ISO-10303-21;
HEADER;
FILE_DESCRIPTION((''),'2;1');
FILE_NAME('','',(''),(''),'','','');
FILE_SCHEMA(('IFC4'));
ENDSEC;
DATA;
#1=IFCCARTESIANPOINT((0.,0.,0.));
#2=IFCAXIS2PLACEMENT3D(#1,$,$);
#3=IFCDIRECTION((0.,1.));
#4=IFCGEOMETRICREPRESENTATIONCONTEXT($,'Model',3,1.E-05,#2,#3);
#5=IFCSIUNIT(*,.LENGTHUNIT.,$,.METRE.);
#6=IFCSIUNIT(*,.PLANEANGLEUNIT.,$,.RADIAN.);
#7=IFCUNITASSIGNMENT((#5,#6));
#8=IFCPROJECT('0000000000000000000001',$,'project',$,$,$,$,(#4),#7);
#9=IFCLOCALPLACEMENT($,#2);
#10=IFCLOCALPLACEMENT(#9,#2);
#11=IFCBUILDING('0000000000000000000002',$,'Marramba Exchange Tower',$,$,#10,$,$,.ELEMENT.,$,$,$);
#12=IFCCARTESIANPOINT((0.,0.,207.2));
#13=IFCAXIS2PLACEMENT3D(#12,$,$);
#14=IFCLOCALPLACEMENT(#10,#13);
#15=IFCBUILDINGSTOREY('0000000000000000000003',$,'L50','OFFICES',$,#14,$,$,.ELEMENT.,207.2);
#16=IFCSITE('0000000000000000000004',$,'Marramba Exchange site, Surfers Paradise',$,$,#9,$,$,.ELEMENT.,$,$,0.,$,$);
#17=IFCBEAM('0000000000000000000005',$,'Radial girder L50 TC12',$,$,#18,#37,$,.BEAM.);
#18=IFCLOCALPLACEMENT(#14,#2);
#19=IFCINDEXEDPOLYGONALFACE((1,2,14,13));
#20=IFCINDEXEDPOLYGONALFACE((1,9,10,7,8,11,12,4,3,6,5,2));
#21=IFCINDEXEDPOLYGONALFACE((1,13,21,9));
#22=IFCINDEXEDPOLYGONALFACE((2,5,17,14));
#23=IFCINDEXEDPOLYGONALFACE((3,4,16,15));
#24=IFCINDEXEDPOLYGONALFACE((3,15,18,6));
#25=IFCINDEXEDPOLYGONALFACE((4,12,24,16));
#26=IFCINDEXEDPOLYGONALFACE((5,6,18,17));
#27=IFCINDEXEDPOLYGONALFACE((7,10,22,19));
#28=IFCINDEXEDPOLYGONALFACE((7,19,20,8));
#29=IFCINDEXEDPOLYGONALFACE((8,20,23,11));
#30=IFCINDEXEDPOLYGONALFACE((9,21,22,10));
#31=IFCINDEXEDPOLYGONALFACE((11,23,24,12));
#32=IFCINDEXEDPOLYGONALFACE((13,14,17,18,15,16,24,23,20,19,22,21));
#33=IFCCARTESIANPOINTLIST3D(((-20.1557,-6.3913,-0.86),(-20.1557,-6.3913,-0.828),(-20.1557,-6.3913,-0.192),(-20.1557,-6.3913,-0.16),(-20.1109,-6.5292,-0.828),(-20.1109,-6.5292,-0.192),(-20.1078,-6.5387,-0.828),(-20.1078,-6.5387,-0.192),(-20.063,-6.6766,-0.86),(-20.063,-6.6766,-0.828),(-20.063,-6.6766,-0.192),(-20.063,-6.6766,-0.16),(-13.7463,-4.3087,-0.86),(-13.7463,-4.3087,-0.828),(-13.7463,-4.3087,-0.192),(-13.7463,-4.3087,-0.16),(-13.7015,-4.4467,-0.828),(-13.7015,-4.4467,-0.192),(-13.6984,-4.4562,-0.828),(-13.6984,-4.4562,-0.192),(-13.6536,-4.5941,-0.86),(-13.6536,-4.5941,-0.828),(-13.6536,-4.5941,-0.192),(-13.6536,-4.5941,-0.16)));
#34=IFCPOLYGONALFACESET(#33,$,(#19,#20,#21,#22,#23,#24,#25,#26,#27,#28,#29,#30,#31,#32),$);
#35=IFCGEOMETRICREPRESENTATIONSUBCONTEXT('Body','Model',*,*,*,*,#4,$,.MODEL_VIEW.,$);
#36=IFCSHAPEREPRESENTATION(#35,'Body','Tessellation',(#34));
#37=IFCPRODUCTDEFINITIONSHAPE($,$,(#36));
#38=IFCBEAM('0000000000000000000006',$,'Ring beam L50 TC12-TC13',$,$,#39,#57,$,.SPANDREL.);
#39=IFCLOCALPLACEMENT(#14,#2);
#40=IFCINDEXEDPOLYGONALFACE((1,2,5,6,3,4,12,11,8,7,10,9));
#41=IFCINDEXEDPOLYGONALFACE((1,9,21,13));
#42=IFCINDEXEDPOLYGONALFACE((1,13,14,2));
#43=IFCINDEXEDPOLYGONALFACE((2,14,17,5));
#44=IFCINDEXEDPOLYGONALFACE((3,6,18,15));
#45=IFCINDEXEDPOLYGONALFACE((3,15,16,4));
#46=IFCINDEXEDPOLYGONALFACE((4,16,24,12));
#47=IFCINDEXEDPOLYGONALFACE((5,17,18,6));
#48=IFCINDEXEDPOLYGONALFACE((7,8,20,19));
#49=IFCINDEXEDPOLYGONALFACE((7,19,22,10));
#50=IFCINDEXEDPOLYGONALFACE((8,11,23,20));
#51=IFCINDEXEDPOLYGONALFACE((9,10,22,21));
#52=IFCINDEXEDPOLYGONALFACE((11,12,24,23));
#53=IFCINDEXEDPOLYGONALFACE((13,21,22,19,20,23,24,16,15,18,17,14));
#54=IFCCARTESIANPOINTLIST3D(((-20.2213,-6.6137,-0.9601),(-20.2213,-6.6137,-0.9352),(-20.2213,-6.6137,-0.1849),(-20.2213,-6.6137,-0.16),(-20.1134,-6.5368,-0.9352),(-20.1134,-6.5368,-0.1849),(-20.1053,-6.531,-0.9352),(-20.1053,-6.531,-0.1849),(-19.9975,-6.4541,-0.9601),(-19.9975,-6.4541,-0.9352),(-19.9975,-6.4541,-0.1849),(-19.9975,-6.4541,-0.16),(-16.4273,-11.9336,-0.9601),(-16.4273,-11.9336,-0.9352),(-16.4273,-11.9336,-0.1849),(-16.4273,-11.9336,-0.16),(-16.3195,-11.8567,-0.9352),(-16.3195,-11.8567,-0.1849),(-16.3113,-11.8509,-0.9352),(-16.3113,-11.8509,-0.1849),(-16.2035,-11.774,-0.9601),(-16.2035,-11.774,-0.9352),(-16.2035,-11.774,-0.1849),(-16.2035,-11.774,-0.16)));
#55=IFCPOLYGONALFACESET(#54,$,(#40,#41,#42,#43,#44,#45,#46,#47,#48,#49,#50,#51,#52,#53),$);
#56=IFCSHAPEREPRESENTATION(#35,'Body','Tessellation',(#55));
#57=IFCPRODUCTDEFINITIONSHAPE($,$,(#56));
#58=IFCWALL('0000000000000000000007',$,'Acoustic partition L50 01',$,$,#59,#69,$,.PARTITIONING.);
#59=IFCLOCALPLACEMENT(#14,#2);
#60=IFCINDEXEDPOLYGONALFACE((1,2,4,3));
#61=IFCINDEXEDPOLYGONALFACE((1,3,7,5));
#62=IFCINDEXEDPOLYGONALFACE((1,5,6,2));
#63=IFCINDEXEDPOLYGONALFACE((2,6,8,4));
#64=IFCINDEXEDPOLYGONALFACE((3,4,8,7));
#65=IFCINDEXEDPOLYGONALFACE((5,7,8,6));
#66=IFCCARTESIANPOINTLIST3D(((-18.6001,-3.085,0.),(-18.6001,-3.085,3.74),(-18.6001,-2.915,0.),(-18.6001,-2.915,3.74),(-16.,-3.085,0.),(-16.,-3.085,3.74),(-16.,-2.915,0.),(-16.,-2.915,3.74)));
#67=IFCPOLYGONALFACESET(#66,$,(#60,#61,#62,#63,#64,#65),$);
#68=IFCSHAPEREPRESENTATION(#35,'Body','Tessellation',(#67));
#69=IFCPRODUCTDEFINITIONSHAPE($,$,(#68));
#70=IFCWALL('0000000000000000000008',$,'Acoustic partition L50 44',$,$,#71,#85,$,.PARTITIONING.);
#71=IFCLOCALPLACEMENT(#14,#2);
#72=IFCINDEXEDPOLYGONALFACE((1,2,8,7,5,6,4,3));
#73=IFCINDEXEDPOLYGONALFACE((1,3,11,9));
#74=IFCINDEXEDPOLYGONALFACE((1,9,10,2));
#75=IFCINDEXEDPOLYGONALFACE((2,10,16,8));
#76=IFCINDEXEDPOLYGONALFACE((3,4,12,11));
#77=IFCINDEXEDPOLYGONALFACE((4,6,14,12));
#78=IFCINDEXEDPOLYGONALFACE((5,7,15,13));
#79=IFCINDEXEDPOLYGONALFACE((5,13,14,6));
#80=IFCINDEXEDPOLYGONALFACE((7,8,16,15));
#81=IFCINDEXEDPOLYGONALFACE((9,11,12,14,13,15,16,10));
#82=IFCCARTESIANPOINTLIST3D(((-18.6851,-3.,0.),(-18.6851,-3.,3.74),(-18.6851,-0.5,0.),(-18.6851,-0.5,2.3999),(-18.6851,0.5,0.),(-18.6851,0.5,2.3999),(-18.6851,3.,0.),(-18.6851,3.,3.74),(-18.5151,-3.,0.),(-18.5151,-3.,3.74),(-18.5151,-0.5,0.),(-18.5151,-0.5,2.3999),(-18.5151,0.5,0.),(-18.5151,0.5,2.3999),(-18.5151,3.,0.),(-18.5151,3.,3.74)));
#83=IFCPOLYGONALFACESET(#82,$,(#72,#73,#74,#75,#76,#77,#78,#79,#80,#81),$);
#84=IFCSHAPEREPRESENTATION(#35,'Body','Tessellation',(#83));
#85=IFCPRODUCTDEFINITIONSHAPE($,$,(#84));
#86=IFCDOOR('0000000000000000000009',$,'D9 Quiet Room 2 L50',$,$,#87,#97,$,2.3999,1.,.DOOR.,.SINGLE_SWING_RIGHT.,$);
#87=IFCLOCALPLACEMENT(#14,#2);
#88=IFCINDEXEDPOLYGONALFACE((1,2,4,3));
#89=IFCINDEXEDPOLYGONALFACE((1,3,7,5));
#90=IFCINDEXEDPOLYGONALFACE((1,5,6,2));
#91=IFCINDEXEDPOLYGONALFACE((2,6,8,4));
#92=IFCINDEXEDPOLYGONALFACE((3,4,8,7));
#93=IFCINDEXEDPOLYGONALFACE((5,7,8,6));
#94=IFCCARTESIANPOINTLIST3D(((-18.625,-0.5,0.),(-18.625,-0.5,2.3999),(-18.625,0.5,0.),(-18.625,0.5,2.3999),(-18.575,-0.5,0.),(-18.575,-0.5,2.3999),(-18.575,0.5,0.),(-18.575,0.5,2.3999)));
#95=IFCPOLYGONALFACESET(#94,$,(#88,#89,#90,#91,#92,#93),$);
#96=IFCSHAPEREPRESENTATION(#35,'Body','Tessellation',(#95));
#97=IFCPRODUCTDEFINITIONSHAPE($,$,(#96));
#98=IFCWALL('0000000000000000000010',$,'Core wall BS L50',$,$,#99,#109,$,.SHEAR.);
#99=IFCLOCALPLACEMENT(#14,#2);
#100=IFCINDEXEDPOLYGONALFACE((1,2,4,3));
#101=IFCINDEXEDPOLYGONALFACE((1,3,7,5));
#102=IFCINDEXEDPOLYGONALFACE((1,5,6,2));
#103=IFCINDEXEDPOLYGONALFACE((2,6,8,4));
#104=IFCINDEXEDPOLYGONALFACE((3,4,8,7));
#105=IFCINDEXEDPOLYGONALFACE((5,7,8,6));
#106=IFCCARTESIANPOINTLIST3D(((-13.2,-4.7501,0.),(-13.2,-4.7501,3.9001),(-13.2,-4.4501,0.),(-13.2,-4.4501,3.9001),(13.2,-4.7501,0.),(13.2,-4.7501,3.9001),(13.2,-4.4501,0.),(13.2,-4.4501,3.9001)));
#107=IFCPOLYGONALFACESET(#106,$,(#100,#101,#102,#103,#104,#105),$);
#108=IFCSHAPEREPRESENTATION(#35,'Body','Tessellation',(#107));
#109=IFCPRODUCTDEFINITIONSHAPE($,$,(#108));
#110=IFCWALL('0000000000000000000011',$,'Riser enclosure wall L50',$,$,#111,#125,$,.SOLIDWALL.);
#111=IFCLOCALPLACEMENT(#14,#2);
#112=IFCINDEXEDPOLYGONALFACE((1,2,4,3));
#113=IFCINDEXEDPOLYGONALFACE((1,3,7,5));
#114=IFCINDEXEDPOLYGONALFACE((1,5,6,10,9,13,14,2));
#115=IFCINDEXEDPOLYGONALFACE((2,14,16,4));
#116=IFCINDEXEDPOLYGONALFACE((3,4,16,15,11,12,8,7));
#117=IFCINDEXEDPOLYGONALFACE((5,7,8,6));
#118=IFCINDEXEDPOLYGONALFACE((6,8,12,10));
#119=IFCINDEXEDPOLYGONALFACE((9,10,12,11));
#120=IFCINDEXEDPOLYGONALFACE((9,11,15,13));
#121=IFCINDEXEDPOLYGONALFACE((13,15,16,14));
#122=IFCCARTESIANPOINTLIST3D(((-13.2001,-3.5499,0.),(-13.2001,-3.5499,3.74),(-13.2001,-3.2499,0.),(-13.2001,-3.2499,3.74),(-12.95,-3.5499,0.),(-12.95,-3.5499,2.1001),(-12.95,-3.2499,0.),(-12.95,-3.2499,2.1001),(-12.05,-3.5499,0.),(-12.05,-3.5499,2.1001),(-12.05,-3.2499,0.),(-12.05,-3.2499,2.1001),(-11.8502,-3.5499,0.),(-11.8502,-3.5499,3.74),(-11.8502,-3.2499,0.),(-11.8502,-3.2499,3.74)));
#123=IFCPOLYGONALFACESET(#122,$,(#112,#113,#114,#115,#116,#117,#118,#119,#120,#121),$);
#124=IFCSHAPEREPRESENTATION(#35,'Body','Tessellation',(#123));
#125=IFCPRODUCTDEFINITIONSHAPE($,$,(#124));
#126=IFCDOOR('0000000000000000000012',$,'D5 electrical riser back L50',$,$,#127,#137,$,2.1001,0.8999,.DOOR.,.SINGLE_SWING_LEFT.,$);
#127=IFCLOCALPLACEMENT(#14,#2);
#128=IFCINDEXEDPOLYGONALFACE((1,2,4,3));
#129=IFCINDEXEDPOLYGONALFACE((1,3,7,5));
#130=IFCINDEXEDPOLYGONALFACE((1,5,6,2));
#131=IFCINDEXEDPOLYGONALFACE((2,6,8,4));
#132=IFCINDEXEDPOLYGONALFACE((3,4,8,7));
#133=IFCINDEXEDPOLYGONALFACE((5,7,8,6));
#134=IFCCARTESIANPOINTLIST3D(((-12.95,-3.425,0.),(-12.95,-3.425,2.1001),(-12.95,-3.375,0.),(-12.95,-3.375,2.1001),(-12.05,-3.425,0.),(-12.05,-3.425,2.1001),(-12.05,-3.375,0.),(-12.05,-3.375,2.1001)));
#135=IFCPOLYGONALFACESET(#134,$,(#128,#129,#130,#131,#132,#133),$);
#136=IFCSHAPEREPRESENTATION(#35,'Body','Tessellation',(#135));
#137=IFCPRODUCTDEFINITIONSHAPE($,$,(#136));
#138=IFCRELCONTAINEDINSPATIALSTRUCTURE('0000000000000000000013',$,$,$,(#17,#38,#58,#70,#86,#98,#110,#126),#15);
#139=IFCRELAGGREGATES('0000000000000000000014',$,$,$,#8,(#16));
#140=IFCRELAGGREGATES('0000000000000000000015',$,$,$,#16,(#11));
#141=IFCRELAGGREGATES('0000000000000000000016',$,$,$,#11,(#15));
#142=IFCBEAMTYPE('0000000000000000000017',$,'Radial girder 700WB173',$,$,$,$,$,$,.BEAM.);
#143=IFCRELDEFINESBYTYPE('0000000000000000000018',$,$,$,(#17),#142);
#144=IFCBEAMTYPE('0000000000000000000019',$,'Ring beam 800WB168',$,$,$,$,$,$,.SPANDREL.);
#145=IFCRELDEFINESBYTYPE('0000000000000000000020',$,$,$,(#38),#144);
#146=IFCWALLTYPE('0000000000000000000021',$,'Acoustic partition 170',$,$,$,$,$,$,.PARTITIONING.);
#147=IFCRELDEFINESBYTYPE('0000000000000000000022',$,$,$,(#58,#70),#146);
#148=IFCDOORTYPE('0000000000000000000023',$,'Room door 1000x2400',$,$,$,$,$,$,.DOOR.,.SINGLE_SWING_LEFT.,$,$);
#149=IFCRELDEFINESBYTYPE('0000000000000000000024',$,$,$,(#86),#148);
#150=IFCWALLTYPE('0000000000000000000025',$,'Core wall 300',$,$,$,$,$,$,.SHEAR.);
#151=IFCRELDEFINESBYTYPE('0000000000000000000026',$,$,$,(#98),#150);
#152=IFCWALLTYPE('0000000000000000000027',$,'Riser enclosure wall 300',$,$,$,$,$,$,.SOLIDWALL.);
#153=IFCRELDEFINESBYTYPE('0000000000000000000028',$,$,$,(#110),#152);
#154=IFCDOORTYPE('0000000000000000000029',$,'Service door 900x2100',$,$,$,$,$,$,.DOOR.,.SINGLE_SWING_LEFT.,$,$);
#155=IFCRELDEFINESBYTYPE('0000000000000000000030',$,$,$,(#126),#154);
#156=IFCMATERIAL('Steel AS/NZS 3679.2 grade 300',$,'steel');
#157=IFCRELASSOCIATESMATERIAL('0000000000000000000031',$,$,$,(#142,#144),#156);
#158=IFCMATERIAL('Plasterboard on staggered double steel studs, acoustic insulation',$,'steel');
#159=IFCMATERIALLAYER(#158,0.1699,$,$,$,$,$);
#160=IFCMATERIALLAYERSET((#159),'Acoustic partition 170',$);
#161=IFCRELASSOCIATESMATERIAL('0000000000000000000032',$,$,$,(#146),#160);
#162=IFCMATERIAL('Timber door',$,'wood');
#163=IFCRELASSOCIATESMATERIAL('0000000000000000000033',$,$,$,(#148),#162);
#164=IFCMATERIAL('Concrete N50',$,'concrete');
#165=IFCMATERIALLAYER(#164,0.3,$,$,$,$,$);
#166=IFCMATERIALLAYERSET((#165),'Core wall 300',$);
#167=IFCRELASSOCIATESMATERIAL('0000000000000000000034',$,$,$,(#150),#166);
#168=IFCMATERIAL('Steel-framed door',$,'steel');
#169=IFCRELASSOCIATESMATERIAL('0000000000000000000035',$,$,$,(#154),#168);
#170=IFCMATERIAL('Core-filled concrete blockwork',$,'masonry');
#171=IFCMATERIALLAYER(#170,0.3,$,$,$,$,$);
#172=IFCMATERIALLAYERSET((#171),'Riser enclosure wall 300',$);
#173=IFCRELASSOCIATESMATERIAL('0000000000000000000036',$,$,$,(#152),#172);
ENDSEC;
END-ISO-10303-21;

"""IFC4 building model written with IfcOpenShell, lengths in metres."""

from ifc_helpers import new_model, si_unit, direction, frame, frame_2d, origin, origin_2d, place, context, subcontext, project, spatial, rectangle, i_section, extrude, material, layer, layer_set, material_profile, profile_set, type_object, element, fill, save


model = new_model("IFC4")

# Units and contexts
model_context = context("Model", 3, precision=1e-05, world=origin(), true_north=direction((0.0, 1.0)))
body_context = subcontext(model_context, "Body", "Model", "MODEL_VIEW")
ifc_project = project(units=[si_unit("LENGTHUNIT", "METRE"), si_unit("PLANEANGLEUNIT", "RADIAN")], contexts=[model_context])

# Site, building, storey
site_placement = place(None, origin())
site = spatial("IfcSite", under=ifc_project, at=site_placement, Name="Marramba Exchange site, Surfers Paradise", CompositionType="ELEMENT", RefElevation=0.0)
building_placement = place(site_placement, origin())
building = spatial("IfcBuilding", under=site, at=building_placement, Name="Marramba Exchange Tower", CompositionType="ELEMENT")
storey_placement = place(building_placement, frame((0.0, 0.0, 207.2)))
storey = spatial("IfcBuildingStorey", under=building, at=storey_placement, Name="L50", Description="OFFICES", CompositionType="ELEMENT", Elevation=207.2)

# Shared definitions
ifc_material_1 = material(Name="Concrete N50", Category="concrete")

# Beams
ifc_material_2 = material(Name="Steel AS/NZS 3679.2 grade 300", Category="steel")
ifc_material_profile_1 = material_profile(ifc_material_2, i_section(OverallWidth=0.3, OverallDepth=0.7, WebThickness=0.01, FlangeThickness=0.032, at=origin_2d()), Name="700WB173")
ifc_profile_set_1 = profile_set([ifc_material_profile_1], Name="Steel AS/NZS 3679.2 grade 300")
beam_type_1 = type_object("IfcBeamType", Name="Radial girder 700WB173", PredefinedType="BEAM", material=ifc_profile_set_1)
beam_1_placement = place(storey_placement, frame((-13.7, -4.4514, -0.51), z_axis=(-0.951058, -0.309013, 0.0), x_axis=(0.309013, -0.951058, 0.0)))
element("IfcBeam", 1, at=beam_1_placement, inside=storey, type_object=beam_type_1, Name="Radial girder L50 TC12", PredefinedType="BEAM", context=body_context, shape_type="SweptSolid", body=[
    extrude(i_section(OverallWidth=0.3, OverallDepth=0.7, WebThickness=0.01, FlangeThickness=0.032, at=origin_2d()), origin(), (0.0, 0.0, 1.0), 6.7393),
])
ifc_material_profile_2 = material_profile(ifc_material_2, i_section(OverallWidth=0.2749, OverallDepth=0.8, WebThickness=0.01, FlangeThickness=0.0249, at=origin_2d()), Name="800WB168")
ifc_profile_set_2 = profile_set([ifc_material_profile_2], Name="Steel AS/NZS 3679.2 grade 300")
beam_type_2 = type_object("IfcBeamType", Name="Ring beam 800WB168", PredefinedType="SPANDREL", material=ifc_profile_set_2)
beam_2_placement = place(storey_placement, frame((-20.1094, -6.5339, -0.5601), z_axis=(0.580637, -0.814162, 0.0), x_axis=(0.814162, 0.580637, 0.0)))
element("IfcBeam", 2, at=beam_2_placement, inside=storey, type_object=beam_type_2, Name="Ring beam L50 TC12-TC13", PredefinedType="SPANDREL", context=body_context, shape_type="SweptSolid", body=[
    extrude(i_section(OverallWidth=0.2749, OverallDepth=0.8, WebThickness=0.01, FlangeThickness=0.0249, at=origin_2d()), origin(), (0.0, 0.0, 1.0), 6.5342),
])

# Wall
ifc_material_3 = material(Name="Plasterboard on staggered double steel studs, acoustic insulation", Category="steel")
ifc_layer_1 = layer(ifc_material_3, 0.1699)
ifc_layer_set_1 = layer_set([ifc_layer_1], Name="Acoustic partition 170")
wall_type_1 = type_object("IfcWallType", Name="Acoustic partition 170", PredefinedType="PARTITIONING", material=ifc_layer_set_1)
wall_1_placement = place(storey_placement, frame((-16.0, -3.0, 0.0), z_axis=(0.0, 0.0, 1.0), x_axis=(-1.0, 0.0, 0.0)))
element("IfcWall", 3, at=wall_1_placement, inside=storey, type_object=wall_type_1, Name="Acoustic partition L50 01", PredefinedType="PARTITIONING", context=body_context, shape_type="SweptSolid", body=[
    extrude(rectangle(XDim=2.6001, YDim=0.1699, at=frame_2d((1.3, 0.0))), origin(), (0.0, 0.0, 1.0), 3.74),
])

# Wall, opening, door
wall_2_placement = place(storey_placement, frame((-18.6001, -3.0, 0.0), z_axis=(0.0, 0.0, 1.0), x_axis=(0.0, 1.0, 0.0)))
wall_2 = element("IfcWall", 4, at=wall_2_placement, inside=storey, type_object=wall_type_1, Name="Acoustic partition L50 44", PredefinedType="PARTITIONING", context=body_context, shape_type="SweptSolid", body=[
    extrude(rectangle(XDim=6.0, YDim=0.1699, at=frame_2d((3.0, 0.0))), origin(), (0.0, 0.0, 1.0), 3.74),
])
opening_1_placement = place(wall_2_placement, frame((2.5, 0.0, 0.0)))
opening_1 = element("IfcOpeningElement", 5, at=opening_1_placement, cuts=wall_2, PredefinedType="OPENING", context=body_context, shape_type="SweptSolid", body=[
    extrude(rectangle(XDim=1.0, YDim=2.3999, at=frame_2d((0.5, 1.2))), frame((0.0, 0.095, 0.0), z_axis=(0.0, -1.0, 0.0), x_axis=(1.0, 0.0, 0.0)), (0.0, 0.0, 1.0), 0.1899),
])
ifc_material_4 = material(Name="Timber door", Category="wood")
door_type_1 = type_object("IfcDoorType", Name="Room door 1000x2400", OperationType="SINGLE_SWING_LEFT", PredefinedType="DOOR", material=ifc_material_4)
door_1_placement = place(opening_1_placement, frame((1.0, 0.0, 0.0), z_axis=(0.0, 0.0, 1.0), x_axis=(-1.0, 0.0, 0.0)))
door_1 = element("IfcDoor", 6, at=door_1_placement, inside=storey, type_object=door_type_1, Name="D9 Quiet Room 2 L50", OperationType="SINGLE_SWING_RIGHT", OverallHeight=2.3999, OverallWidth=1.0, PredefinedType="DOOR", context=body_context, shape_type="SweptSolid", body=[
    extrude(rectangle(XDim=1.0, YDim=2.3999, at=frame_2d((0.5, 1.2))), frame((0.0, 0.0251, 0.0), z_axis=(0.0, -1.0, 0.0), x_axis=(1.0, 0.0, 0.0)), (0.0, 0.0, 1.0), 0.05),
])
fill(opening_1, door_1)

# Shared definitions
ifc_layer_2 = layer(ifc_material_1, 0.3)
ifc_layer_set_2 = layer_set([ifc_layer_2], Name="Core wall 300")
wall_type_2 = type_object("IfcWallType", Name="Core wall 300", PredefinedType="SHEAR", material=ifc_layer_set_2)
ifc_material_5 = material(Name="Steel-framed door", Category="steel")
door_type_2 = type_object("IfcDoorType", Name="Service door 900x2100", OperationType="SINGLE_SWING_LEFT", PredefinedType="DOOR", material=ifc_material_5)

# Wall
wall_3_placement = place(storey_placement, frame((-13.2, -4.6001, 0.0), z_axis=(0.0, 0.0, 1.0), x_axis=(1.0, 0.0, 0.0)))
element("IfcWall", 7, at=wall_3_placement, inside=storey, type_object=wall_type_2, Name="Core wall BS L50", PredefinedType="SHEAR", context=body_context, shape_type="SweptSolid", body=[
    extrude(rectangle(XDim=26.3999, YDim=0.3, at=frame_2d((13.2, 0.0))), origin(), (0.0, 0.0, 1.0), 3.9001),
])

# Wall, opening, door
ifc_material_6 = material(Name="Core-filled concrete blockwork", Category="masonry")
ifc_layer_3 = layer(ifc_material_6, 0.3)
ifc_layer_set_3 = layer_set([ifc_layer_3], Name="Riser enclosure wall 300")
wall_type_3 = type_object("IfcWallType", Name="Riser enclosure wall 300", PredefinedType="SOLIDWALL", material=ifc_layer_set_3)
wall_4_placement = place(storey_placement, frame((-13.2, -3.3999, 0.0), z_axis=(0.0, 0.0, 1.0), x_axis=(1.0, 0.0, 0.0)))
wall_4 = element("IfcWall", 8, at=wall_4_placement, inside=storey, type_object=wall_type_3, Name="Riser enclosure wall L50", PredefinedType="SOLIDWALL", context=body_context, shape_type="SweptSolid", body=[
    extrude(rectangle(XDim=1.3499, YDim=0.3, at=frame_2d((0.6748, 0.0))), origin(), (0.0, 0.0, 1.0), 3.74),
])
opening_2_placement = place(wall_4_placement, frame((0.25, 0.0, 0.0)))
opening_2 = element("IfcOpeningElement", 9, at=opening_2_placement, cuts=wall_4, PredefinedType="OPENING", context=body_context, shape_type="SweptSolid", body=[
    extrude(rectangle(XDim=0.8999, YDim=2.1001, at=frame_2d((0.45, 1.05))), frame((0.0, 0.1599, 0.0), z_axis=(0.0, -1.0, 0.0), x_axis=(1.0, 0.0, 0.0)), (0.0, 0.0, 1.0), 0.3201),
])
door_2_placement = place(opening_2_placement, frame((0.8999, 0.0, 0.0), z_axis=(0.0, 0.0, 1.0), x_axis=(-1.0, 0.0, 0.0)))
door_2 = element("IfcDoor", 10, at=door_2_placement, inside=storey, type_object=door_type_2, Name="D5 electrical riser back L50", OperationType="SINGLE_SWING_LEFT", OverallHeight=2.1001, OverallWidth=0.8999, PredefinedType="DOOR", context=body_context, shape_type="SweptSolid", body=[
    extrude(rectangle(XDim=0.8999, YDim=2.1001, at=frame_2d((0.45, 1.05))), frame((0.0, 0.0251, 0.0), z_axis=(0.0, -1.0, 0.0), x_axis=(1.0, 0.0, 0.0)), (0.0, 0.0, 1.0), 0.05),
])
fill(opening_2, door_2)

save(model, "model.ifc")
